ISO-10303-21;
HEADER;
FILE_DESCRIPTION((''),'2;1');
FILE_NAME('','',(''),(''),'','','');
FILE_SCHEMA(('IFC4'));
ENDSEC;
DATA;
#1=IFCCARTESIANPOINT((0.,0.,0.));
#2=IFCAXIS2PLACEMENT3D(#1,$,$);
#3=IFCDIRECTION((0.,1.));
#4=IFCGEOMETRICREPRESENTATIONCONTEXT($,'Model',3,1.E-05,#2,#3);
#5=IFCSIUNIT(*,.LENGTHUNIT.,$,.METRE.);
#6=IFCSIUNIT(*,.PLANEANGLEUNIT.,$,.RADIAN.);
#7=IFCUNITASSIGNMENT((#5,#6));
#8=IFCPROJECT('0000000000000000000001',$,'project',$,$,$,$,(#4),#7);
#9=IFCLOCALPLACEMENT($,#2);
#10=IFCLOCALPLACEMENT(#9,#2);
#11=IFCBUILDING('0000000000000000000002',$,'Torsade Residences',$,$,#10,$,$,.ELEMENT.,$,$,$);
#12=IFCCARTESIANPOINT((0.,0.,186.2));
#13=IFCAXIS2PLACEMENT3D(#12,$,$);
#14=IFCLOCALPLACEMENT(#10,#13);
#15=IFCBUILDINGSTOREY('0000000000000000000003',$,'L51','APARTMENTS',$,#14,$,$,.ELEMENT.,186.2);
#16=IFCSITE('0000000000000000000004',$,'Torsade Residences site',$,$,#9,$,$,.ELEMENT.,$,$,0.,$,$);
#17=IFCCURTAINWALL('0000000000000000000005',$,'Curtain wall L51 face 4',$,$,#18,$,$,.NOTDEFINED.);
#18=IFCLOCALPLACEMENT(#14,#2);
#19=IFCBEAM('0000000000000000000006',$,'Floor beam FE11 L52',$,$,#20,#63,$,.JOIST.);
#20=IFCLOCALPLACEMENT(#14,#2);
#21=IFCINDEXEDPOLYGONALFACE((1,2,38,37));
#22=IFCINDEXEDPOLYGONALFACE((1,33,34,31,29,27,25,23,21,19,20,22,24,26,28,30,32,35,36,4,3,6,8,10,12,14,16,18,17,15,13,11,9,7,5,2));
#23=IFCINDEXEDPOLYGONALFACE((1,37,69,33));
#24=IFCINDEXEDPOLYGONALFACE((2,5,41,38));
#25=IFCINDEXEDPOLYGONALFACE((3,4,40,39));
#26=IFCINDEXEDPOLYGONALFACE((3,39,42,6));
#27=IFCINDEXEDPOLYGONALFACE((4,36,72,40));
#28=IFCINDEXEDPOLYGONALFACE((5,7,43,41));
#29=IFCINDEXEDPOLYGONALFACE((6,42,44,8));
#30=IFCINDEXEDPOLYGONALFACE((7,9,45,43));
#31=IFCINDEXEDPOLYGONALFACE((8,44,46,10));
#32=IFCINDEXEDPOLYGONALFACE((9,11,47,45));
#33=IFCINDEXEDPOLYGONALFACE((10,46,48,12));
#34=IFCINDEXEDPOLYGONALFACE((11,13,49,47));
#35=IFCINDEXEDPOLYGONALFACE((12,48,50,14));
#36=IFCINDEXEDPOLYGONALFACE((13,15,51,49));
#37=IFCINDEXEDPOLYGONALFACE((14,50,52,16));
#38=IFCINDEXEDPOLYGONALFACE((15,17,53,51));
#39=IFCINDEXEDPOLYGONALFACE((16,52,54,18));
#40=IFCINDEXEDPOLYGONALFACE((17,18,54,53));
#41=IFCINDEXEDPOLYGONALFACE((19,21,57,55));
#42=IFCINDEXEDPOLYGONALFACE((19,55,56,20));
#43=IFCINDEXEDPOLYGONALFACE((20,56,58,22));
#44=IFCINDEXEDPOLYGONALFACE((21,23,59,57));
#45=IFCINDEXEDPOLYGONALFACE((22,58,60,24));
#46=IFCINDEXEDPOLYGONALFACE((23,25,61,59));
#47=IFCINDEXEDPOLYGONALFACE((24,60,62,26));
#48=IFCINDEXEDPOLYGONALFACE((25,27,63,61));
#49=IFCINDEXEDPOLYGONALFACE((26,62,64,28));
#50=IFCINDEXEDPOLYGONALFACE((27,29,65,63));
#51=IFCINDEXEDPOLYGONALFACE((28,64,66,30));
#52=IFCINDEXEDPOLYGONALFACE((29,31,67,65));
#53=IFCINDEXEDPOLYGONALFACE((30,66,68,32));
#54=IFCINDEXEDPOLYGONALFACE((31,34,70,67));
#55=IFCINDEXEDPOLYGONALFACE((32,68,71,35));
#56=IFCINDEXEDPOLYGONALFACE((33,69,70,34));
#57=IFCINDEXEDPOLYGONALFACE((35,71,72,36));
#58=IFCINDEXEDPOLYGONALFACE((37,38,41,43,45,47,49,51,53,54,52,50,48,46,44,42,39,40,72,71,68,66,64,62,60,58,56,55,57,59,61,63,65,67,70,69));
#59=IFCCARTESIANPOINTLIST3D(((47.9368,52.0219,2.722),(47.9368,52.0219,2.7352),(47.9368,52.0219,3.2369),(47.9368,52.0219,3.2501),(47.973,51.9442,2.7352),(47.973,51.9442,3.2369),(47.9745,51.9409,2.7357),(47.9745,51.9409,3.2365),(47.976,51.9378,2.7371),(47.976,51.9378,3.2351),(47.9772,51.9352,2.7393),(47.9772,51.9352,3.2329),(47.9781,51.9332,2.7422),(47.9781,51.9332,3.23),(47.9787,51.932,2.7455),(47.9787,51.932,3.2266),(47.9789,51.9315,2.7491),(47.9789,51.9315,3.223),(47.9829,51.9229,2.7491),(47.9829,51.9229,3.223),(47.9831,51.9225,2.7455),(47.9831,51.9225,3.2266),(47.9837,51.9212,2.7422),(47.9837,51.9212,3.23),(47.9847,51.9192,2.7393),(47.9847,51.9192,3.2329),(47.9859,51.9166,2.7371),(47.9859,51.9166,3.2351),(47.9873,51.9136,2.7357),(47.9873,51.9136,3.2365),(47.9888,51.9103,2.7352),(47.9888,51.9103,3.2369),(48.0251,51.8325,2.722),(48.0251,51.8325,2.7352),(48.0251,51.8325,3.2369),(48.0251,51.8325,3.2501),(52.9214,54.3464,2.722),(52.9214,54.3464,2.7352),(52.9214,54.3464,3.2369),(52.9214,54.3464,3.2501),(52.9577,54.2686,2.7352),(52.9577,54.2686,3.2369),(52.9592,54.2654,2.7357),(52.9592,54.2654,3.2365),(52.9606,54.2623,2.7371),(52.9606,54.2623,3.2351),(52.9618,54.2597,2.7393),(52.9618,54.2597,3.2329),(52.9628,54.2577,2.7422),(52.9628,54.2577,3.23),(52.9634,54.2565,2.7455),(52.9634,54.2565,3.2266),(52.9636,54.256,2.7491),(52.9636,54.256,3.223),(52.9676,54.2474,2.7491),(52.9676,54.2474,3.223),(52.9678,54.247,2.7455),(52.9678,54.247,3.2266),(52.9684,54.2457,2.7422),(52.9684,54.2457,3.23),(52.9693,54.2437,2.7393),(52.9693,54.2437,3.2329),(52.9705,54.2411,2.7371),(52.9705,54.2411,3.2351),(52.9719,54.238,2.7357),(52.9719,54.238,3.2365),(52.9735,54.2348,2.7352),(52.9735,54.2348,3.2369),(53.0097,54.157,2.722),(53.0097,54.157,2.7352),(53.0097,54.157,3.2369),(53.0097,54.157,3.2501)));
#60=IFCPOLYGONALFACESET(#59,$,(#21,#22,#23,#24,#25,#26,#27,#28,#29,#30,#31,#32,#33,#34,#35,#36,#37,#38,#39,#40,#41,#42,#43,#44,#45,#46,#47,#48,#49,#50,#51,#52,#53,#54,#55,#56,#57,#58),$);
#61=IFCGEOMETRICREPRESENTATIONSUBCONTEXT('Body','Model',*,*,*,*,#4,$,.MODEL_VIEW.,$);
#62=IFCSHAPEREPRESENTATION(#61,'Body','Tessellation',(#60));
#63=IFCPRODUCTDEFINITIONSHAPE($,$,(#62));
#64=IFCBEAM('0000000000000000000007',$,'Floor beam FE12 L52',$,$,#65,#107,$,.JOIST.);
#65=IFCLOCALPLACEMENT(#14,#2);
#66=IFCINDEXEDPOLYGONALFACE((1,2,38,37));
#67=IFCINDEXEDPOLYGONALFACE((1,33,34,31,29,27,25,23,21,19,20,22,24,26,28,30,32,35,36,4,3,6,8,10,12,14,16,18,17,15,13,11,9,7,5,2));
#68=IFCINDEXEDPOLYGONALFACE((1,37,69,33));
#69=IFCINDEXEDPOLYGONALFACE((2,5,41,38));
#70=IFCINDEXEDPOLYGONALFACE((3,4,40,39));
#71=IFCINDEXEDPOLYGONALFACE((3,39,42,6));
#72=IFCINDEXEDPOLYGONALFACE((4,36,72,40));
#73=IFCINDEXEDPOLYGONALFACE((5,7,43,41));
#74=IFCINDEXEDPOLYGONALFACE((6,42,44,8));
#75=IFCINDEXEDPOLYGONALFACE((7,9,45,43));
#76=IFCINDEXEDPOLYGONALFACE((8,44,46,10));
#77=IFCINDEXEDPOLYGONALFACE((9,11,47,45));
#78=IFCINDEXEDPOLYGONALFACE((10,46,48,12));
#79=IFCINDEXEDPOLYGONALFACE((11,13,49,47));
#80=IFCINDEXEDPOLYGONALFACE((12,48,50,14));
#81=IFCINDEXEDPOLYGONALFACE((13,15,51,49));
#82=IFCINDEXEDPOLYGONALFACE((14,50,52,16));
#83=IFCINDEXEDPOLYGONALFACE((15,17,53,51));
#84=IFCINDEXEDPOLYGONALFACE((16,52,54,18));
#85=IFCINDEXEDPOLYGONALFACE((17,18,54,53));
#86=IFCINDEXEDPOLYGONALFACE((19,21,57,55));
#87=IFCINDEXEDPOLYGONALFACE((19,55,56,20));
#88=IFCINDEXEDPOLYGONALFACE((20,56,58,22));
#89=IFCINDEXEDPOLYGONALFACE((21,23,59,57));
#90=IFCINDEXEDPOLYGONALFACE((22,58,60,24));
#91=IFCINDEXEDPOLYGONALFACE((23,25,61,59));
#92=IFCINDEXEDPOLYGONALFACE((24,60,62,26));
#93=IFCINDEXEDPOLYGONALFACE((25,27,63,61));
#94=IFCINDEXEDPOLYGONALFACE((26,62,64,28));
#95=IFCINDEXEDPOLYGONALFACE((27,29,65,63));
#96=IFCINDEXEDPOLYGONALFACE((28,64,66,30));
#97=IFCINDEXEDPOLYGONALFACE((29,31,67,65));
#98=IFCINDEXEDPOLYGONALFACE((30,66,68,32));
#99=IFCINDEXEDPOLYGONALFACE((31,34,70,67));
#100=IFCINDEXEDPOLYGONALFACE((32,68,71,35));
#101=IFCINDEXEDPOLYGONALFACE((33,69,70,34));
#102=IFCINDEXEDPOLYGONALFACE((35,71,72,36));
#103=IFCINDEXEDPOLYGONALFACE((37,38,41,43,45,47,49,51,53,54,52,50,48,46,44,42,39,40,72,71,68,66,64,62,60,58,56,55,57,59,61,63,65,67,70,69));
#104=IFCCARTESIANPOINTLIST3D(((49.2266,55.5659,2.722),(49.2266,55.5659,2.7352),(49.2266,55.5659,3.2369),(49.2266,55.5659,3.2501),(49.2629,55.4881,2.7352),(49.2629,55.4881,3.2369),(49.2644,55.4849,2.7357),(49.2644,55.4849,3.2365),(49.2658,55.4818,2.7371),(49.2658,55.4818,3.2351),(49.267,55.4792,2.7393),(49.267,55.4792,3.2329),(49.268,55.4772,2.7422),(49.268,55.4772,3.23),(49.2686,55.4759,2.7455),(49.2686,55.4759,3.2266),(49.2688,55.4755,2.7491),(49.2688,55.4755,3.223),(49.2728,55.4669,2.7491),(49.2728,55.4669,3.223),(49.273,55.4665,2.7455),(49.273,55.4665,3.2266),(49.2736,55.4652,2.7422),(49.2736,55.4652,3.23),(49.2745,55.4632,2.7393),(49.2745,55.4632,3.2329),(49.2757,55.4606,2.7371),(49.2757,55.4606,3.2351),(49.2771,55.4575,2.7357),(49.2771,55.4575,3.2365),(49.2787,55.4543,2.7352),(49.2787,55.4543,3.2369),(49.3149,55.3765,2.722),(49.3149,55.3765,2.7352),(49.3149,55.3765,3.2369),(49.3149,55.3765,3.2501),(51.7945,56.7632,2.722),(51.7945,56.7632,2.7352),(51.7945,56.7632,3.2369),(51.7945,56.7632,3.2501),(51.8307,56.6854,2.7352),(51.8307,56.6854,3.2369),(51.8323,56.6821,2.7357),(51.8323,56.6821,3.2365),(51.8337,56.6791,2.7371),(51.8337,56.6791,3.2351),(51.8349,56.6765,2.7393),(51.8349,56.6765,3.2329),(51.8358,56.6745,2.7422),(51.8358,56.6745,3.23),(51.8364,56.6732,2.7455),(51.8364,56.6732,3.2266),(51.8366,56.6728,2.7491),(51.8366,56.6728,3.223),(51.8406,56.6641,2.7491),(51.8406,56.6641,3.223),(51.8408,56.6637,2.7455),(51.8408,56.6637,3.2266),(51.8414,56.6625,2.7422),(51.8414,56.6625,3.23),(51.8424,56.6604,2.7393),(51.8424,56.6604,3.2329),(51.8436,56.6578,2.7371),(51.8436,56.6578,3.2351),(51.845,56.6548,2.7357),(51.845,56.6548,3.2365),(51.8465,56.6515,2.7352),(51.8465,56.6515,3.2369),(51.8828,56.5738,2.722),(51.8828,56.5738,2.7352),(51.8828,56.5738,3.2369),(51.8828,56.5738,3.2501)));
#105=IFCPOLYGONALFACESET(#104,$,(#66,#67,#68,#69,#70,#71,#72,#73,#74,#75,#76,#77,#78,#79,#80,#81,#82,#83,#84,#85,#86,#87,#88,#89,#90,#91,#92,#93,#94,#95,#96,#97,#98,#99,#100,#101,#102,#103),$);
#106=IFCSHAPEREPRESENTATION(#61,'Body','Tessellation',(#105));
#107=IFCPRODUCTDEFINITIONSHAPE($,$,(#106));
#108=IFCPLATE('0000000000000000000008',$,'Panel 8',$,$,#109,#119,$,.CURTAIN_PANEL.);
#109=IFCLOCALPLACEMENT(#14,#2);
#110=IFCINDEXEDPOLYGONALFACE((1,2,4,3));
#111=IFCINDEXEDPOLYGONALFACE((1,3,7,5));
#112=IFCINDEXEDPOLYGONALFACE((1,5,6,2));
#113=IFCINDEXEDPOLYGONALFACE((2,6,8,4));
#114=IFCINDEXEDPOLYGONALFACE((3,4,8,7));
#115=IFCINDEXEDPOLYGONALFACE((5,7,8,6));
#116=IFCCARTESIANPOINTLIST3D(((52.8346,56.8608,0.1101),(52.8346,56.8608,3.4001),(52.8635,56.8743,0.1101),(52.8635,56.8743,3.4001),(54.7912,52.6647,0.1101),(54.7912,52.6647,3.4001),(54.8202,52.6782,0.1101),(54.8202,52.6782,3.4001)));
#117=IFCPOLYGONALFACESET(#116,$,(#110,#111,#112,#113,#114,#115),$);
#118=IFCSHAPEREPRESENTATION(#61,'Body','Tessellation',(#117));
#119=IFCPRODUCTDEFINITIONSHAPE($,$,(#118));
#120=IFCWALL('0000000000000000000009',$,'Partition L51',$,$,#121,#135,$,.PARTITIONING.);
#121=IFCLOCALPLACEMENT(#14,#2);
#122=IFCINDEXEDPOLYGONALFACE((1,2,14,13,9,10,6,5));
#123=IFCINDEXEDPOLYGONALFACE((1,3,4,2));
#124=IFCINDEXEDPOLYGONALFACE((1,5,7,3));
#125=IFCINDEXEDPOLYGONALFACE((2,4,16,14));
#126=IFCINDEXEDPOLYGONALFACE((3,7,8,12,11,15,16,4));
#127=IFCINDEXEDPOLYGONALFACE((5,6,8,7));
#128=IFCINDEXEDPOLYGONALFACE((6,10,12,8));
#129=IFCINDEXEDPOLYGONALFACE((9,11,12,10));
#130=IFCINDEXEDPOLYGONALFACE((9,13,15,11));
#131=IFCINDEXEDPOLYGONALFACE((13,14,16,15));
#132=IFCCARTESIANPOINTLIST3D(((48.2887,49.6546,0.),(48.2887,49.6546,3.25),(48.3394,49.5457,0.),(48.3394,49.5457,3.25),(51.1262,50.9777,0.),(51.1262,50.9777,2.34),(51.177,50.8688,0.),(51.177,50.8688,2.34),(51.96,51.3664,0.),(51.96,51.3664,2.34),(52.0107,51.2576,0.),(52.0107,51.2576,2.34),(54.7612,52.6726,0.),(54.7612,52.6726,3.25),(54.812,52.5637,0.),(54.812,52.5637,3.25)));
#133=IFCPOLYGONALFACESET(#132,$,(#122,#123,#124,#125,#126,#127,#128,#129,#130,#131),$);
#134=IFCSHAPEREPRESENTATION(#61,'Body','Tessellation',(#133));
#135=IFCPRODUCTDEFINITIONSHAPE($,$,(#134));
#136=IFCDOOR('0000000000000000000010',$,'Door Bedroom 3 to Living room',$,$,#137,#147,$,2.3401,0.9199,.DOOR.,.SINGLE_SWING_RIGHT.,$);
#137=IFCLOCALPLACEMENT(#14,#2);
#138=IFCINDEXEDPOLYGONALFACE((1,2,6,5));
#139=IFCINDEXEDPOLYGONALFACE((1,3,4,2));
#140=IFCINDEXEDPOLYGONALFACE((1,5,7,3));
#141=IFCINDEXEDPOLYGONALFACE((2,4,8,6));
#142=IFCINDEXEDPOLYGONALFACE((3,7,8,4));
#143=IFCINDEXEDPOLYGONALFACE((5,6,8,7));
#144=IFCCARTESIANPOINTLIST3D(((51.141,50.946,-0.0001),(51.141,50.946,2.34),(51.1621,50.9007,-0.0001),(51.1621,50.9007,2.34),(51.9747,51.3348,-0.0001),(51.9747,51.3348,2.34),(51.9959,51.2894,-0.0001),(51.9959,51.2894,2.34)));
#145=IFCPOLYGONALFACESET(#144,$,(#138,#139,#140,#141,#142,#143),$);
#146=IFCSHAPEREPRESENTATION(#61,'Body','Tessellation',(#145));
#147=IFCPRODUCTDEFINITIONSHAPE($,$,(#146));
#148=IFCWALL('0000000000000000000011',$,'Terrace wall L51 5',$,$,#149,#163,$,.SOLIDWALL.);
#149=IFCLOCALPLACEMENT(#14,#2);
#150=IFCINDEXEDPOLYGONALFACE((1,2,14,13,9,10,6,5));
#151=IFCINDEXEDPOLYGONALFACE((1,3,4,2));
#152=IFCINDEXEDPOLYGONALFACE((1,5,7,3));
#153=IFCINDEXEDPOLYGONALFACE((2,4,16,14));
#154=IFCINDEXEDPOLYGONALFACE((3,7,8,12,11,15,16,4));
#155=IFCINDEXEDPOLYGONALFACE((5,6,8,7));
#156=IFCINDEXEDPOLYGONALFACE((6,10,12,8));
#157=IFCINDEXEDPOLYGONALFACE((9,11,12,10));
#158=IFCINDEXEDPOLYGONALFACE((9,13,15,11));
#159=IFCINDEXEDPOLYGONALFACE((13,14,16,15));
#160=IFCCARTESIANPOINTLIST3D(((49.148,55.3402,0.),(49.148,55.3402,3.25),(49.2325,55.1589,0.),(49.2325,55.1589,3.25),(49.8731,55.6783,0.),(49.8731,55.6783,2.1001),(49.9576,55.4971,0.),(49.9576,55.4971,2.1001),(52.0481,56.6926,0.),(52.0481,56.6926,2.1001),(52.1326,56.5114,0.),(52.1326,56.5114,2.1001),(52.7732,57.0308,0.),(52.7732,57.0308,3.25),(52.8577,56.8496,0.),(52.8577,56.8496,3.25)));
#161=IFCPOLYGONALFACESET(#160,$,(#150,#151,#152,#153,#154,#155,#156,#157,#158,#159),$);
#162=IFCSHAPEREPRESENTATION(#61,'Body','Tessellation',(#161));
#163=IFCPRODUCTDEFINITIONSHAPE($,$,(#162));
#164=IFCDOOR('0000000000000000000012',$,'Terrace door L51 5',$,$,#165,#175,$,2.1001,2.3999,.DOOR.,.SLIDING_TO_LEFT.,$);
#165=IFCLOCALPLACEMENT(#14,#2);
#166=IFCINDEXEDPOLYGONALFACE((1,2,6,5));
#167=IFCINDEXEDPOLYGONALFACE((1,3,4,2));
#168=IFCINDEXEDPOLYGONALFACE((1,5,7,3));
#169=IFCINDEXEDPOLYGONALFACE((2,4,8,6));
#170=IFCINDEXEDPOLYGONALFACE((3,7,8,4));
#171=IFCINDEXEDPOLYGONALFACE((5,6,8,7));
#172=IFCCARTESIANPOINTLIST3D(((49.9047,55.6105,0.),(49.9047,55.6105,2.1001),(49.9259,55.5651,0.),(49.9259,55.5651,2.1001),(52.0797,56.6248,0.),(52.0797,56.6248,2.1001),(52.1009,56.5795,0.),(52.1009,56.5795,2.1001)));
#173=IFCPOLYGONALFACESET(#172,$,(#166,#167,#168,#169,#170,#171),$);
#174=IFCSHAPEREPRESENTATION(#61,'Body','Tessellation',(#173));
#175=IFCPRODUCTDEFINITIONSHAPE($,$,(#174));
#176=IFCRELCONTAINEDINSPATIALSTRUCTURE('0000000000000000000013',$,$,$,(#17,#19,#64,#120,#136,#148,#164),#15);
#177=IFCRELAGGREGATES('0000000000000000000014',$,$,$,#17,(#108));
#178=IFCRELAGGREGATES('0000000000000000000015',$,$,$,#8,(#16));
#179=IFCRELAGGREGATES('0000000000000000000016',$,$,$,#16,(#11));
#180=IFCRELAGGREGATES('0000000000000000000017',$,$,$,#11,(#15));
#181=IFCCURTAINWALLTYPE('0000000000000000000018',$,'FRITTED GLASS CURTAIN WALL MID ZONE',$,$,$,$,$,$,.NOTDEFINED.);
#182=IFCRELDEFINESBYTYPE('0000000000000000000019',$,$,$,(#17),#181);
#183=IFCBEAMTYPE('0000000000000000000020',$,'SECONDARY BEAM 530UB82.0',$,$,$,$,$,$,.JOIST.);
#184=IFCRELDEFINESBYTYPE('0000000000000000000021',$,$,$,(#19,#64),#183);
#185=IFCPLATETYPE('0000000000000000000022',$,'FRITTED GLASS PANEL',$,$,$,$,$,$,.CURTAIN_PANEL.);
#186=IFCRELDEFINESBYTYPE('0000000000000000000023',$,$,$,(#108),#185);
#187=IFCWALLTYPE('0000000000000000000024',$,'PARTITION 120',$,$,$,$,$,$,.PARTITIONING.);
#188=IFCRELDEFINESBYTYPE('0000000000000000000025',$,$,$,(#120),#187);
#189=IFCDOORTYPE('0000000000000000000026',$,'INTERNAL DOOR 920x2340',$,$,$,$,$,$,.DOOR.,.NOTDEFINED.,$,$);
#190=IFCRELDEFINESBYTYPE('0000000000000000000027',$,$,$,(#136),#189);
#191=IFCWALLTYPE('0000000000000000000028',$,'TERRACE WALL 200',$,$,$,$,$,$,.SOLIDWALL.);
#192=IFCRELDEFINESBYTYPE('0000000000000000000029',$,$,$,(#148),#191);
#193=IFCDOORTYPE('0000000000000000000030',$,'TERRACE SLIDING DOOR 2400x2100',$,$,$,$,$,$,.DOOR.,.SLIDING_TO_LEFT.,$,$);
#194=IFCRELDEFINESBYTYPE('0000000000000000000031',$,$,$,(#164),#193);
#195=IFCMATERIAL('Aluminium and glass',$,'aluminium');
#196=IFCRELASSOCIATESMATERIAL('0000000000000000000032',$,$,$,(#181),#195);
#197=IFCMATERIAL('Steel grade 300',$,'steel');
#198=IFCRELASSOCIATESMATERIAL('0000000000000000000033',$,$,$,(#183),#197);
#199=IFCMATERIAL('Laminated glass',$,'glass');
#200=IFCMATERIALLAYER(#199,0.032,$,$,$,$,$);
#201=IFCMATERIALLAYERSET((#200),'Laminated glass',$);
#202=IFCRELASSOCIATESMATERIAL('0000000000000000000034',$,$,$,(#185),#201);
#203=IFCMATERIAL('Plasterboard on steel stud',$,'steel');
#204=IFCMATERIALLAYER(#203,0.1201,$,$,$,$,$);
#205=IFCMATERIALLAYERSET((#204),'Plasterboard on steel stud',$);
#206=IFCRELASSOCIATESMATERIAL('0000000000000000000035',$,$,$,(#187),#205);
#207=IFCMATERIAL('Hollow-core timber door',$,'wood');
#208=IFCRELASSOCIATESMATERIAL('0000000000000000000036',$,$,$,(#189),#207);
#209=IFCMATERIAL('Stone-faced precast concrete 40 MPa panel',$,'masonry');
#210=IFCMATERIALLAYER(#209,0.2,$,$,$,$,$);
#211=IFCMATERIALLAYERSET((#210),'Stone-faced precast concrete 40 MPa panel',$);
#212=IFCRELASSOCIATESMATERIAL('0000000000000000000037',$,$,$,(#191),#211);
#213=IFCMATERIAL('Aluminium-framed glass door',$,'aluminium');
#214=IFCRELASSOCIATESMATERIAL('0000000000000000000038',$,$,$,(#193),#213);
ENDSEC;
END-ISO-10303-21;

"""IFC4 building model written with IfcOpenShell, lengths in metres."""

from ifc_helpers import new_model, si_unit, direction, frame, frame_2d, origin, origin_2d, place, context, subcontext, project, spatial, rectangle, i_section, extrude, material, layer, layer_set, material_profile, profile_set, type_object, element, fill, aggregate, save


model = new_model("IFC4")

# Units and contexts
model_context = context("Model", 3, precision=1e-05, world=origin(), true_north=direction((0.0, 1.0)))
body_context = subcontext(model_context, "Body", "Model", "MODEL_VIEW")
ifc_project = project(units=[si_unit("LENGTHUNIT", "METRE"), si_unit("PLANEANGLEUNIT", "RADIAN")], contexts=[model_context])

# Site, building, storey
site_placement = place(None, origin())
site = spatial("IfcSite", under=ifc_project, at=site_placement, Name="Torsade Residences site", CompositionType="ELEMENT", RefElevation=0.0)
building_placement = place(site_placement, origin())
building = spatial("IfcBuilding", under=site, at=building_placement, Name="Torsade Residences", CompositionType="ELEMENT")
storey_placement = place(building_placement, frame((0.0, 0.0, 186.2)))
storey = spatial("IfcBuildingStorey", under=building, at=storey_placement, Name="L51", Description="APARTMENTS", CompositionType="ELEMENT", Elevation=186.2)

# Curtain wall
ifc_material_1 = material(Name="Aluminium and glass", Category="aluminium")
curtain_wall_type = type_object("IfcCurtainWallType", Name="FRITTED GLASS CURTAIN WALL MID ZONE", PredefinedType="NOTDEFINED", material=ifc_material_1)
curtain_wall_placement = place(storey_placement, origin())
curtain_wall = element("IfcCurtainWall", 1, at=curtain_wall_placement, inside=storey, type_object=curtain_wall_type, Name="Curtain wall L51 face 4", PredefinedType="NOTDEFINED")

# Beams
ifc_material_2 = material(Name="Steel grade 300", Category="steel")
ifc_material_profile_1 = material_profile(ifc_material_2, i_section(OverallWidth=0.209, OverallDepth=0.5281, WebThickness=0.0095, FlangeThickness=0.0132, FilletRadius=0.0139, at=origin_2d()), Name="530UB82.0")
ifc_profile_set_1 = profile_set([ifc_material_profile_1], Name="Steel grade 300")
beam_type_1 = type_object("IfcBeamType", Name="SECONDARY BEAM 530UB82.0", PredefinedType="JOIST", material=ifc_profile_set_1)
beam_1_placement = place(storey_placement, frame((52.9656, 54.2517, 2.9861), z_axis=(-0.906301, -0.422633, 0.0), x_axis=(0.422633, -0.906301, 0.0)))
element("IfcBeam", 2, at=beam_1_placement, inside=storey, type_object=beam_type_1, Name="Floor beam FE11 L52", PredefinedType="JOIST", context=body_context, shape_type="SweptSolid", body=[
    extrude(i_section(OverallWidth=0.209, OverallDepth=0.5281, WebThickness=0.0095, FlangeThickness=0.0132, FilletRadius=0.0139, at=origin_2d()), origin(), (0.0, 0.0, 1.0), 5.5),
])
beam_2_placement = place(storey_placement, frame((51.8386, 56.6685, 2.9861), z_axis=(-0.906328, -0.422574, 0.0), x_axis=(0.422574, -0.906328, 0.0)))
element("IfcBeam", 3, at=beam_2_placement, inside=storey, type_object=beam_type_1, Name="Floor beam FE12 L52", PredefinedType="JOIST", context=body_context, shape_type="SweptSolid", body=[
    extrude(i_section(OverallWidth=0.209, OverallDepth=0.5281, WebThickness=0.0095, FlangeThickness=0.0132, FilletRadius=0.0139, at=origin_2d()), origin(), (0.0, 0.0, 1.0), 2.8333),
])

# Plate
ifc_material_3 = material(Name="Laminated glass", Category="glass")
ifc_layer_1 = layer(ifc_material_3, 0.032)
ifc_layer_set_1 = layer_set([ifc_layer_1], Name="Laminated glass")
plate_type = type_object("IfcPlateType", Name="FRITTED GLASS PANEL", PredefinedType="CURTAIN_PANEL", material=ifc_layer_set_1)
plate_placement = place(storey_placement, frame((53.8274, 54.7695, 0.1101), z_axis=(0.0, 0.0, 1.0), x_axis=(-0.422618, 0.906308, 0.0)))
plate = element("IfcPlate", 4, at=plate_placement, type_object=plate_type, Name="Panel 8", PredefinedType="CURTAIN_PANEL", context=body_context, shape_type="SweptSolid", body=[
    extrude(rectangle(XDim=4.6299, YDim=0.032, at=origin_2d()), origin(), (0.0, 0.0, 1.0), 3.29),
])
aggregate(curtain_wall, [plate])

# Walls, openings, doors
ifc_material_4 = material(Name="Plasterboard on steel stud", Category="steel")
ifc_layer_2 = layer(ifc_material_4, 0.1201)
ifc_layer_set_2 = layer_set([ifc_layer_2], Name="Plasterboard on steel stud")
wall_type_1 = type_object("IfcWallType", Name="PARTITION 120", PredefinedType="PARTITIONING", material=ifc_layer_set_2)
wall_1_placement = place(storey_placement, frame((54.7866, 52.6182, 0.0), z_axis=(0.0, 0.0, 1.0), x_axis=(-0.906318, -0.422597, 0.0)))
wall_1 = element("IfcWall", 5, at=wall_1_placement, inside=storey, type_object=wall_type_1, Name="Partition L51", PredefinedType="PARTITIONING", context=body_context, shape_type="SweptSolid", body=[
    extrude(rectangle(XDim=7.1416, YDim=0.1201, at=frame_2d((3.5708, 0.0))), origin(), (0.0, 0.0, 1.0), 3.25),
])
opening_1_placement = place(wall_1_placement, frame((3.0908, 0.0, 0.0)))
opening_1 = element("IfcOpeningElement", 6, at=opening_1_placement, cuts=wall_1, PredefinedType="OPENING", context=body_context, shape_type="SweptSolid", body=[
    extrude(rectangle(XDim=0.9199, YDim=2.3401, at=frame_2d((0.46, 1.1699))), frame((0.0, 0.0701, 0.0), z_axis=(0.0, -1.0, 0.0), x_axis=(1.0, 0.0, 0.0)), (0.0, 0.0, 1.0), 0.1401),
])
ifc_material_5 = material(Name="Hollow-core timber door", Category="wood")
door_type_1 = type_object("IfcDoorType", Name="INTERNAL DOOR 920x2340", OperationType="NOTDEFINED", PredefinedType="DOOR", material=ifc_material_5)
door_1_placement = place(opening_1_placement, origin())
door_1 = element("IfcDoor", 7, at=door_1_placement, inside=storey, type_object=door_type_1, Name="Door Bedroom 3 to Living room", OperationType="SINGLE_SWING_RIGHT", OverallHeight=2.3401, OverallWidth=0.9199, PredefinedType="DOOR", context=body_context, shape_type="SweptSolid", body=[
    extrude(rectangle(XDim=0.9199, YDim=2.3401, at=frame_2d((0.46, 1.1699))), frame((0.0, 0.0249, 0.0), z_axis=(0.0, -1.0, 0.0), x_axis=(1.0, 0.0, 0.0)), (0.0, 0.0, 1.0), 0.05),
])
fill(opening_1, door_1)
ifc_material_6 = material(Name="Stone-faced precast concrete 40 MPa panel", Category="masonry")
ifc_layer_3 = layer(ifc_material_6, 0.2)
ifc_layer_set_3 = layer_set([ifc_layer_3], Name="Stone-faced precast concrete 40 MPa panel")
wall_type_2 = type_object("IfcWallType", Name="TERRACE WALL 200", PredefinedType="SOLIDWALL", material=ifc_layer_set_3)
wall_2_placement = place(storey_placement, frame((52.8154, 56.9402, 0.0), z_axis=(0.0, 0.0, 1.0), x_axis=(-0.906289, -0.422658, 0.0)))
wall_2 = element("IfcWall", 8, at=wall_2_placement, inside=storey, type_object=wall_type_2, Name="Terrace wall L51 5", PredefinedType="SOLIDWALL", context=body_context, shape_type="SweptSolid", body=[
    extrude(rectangle(XDim=4.0, YDim=0.2, at=frame_2d((2.0, 0.0))), origin(), (0.0, 0.0, 1.0), 3.25),
])
opening_2_placement = place(wall_2_placement, frame((0.8, 0.0, 0.0)))
opening_2 = element("IfcOpeningElement", 9, at=opening_2_placement, cuts=wall_2, PredefinedType="OPENING", context=body_context, shape_type="SweptSolid", body=[
    extrude(rectangle(XDim=2.3999, YDim=2.1001, at=frame_2d((1.2, 1.05))), frame((0.0, 0.1099, 0.0), z_axis=(0.0, -1.0, 0.0), x_axis=(1.0, 0.0, 0.0)), (0.0, 0.0, 1.0), 0.22),
])
ifc_material_7 = material(Name="Aluminium-framed glass door", Category="aluminium")
door_type_2 = type_object("IfcDoorType", Name="TERRACE SLIDING DOOR 2400x2100", OperationType="SLIDING_TO_LEFT", PredefinedType="DOOR", material=ifc_material_7)
door_2_placement = place(opening_2_placement, origin())
door_2 = element("IfcDoor", 10, at=door_2_placement, inside=storey, type_object=door_type_2, Name="Terrace door L51 5", OperationType="SLIDING_TO_LEFT", OverallHeight=2.1001, OverallWidth=2.3999, PredefinedType="DOOR", context=body_context, shape_type="SweptSolid", body=[
    extrude(rectangle(XDim=2.3999, YDim=2.1001, at=frame_2d((1.2, 1.05))), frame((0.0, 0.0249, 0.0), z_axis=(0.0, -1.0, 0.0), x_axis=(1.0, 0.0, 0.0)), (0.0, 0.0, 1.0), 0.05),
])
fill(opening_2, door_2)

save(model, "model.ifc")
